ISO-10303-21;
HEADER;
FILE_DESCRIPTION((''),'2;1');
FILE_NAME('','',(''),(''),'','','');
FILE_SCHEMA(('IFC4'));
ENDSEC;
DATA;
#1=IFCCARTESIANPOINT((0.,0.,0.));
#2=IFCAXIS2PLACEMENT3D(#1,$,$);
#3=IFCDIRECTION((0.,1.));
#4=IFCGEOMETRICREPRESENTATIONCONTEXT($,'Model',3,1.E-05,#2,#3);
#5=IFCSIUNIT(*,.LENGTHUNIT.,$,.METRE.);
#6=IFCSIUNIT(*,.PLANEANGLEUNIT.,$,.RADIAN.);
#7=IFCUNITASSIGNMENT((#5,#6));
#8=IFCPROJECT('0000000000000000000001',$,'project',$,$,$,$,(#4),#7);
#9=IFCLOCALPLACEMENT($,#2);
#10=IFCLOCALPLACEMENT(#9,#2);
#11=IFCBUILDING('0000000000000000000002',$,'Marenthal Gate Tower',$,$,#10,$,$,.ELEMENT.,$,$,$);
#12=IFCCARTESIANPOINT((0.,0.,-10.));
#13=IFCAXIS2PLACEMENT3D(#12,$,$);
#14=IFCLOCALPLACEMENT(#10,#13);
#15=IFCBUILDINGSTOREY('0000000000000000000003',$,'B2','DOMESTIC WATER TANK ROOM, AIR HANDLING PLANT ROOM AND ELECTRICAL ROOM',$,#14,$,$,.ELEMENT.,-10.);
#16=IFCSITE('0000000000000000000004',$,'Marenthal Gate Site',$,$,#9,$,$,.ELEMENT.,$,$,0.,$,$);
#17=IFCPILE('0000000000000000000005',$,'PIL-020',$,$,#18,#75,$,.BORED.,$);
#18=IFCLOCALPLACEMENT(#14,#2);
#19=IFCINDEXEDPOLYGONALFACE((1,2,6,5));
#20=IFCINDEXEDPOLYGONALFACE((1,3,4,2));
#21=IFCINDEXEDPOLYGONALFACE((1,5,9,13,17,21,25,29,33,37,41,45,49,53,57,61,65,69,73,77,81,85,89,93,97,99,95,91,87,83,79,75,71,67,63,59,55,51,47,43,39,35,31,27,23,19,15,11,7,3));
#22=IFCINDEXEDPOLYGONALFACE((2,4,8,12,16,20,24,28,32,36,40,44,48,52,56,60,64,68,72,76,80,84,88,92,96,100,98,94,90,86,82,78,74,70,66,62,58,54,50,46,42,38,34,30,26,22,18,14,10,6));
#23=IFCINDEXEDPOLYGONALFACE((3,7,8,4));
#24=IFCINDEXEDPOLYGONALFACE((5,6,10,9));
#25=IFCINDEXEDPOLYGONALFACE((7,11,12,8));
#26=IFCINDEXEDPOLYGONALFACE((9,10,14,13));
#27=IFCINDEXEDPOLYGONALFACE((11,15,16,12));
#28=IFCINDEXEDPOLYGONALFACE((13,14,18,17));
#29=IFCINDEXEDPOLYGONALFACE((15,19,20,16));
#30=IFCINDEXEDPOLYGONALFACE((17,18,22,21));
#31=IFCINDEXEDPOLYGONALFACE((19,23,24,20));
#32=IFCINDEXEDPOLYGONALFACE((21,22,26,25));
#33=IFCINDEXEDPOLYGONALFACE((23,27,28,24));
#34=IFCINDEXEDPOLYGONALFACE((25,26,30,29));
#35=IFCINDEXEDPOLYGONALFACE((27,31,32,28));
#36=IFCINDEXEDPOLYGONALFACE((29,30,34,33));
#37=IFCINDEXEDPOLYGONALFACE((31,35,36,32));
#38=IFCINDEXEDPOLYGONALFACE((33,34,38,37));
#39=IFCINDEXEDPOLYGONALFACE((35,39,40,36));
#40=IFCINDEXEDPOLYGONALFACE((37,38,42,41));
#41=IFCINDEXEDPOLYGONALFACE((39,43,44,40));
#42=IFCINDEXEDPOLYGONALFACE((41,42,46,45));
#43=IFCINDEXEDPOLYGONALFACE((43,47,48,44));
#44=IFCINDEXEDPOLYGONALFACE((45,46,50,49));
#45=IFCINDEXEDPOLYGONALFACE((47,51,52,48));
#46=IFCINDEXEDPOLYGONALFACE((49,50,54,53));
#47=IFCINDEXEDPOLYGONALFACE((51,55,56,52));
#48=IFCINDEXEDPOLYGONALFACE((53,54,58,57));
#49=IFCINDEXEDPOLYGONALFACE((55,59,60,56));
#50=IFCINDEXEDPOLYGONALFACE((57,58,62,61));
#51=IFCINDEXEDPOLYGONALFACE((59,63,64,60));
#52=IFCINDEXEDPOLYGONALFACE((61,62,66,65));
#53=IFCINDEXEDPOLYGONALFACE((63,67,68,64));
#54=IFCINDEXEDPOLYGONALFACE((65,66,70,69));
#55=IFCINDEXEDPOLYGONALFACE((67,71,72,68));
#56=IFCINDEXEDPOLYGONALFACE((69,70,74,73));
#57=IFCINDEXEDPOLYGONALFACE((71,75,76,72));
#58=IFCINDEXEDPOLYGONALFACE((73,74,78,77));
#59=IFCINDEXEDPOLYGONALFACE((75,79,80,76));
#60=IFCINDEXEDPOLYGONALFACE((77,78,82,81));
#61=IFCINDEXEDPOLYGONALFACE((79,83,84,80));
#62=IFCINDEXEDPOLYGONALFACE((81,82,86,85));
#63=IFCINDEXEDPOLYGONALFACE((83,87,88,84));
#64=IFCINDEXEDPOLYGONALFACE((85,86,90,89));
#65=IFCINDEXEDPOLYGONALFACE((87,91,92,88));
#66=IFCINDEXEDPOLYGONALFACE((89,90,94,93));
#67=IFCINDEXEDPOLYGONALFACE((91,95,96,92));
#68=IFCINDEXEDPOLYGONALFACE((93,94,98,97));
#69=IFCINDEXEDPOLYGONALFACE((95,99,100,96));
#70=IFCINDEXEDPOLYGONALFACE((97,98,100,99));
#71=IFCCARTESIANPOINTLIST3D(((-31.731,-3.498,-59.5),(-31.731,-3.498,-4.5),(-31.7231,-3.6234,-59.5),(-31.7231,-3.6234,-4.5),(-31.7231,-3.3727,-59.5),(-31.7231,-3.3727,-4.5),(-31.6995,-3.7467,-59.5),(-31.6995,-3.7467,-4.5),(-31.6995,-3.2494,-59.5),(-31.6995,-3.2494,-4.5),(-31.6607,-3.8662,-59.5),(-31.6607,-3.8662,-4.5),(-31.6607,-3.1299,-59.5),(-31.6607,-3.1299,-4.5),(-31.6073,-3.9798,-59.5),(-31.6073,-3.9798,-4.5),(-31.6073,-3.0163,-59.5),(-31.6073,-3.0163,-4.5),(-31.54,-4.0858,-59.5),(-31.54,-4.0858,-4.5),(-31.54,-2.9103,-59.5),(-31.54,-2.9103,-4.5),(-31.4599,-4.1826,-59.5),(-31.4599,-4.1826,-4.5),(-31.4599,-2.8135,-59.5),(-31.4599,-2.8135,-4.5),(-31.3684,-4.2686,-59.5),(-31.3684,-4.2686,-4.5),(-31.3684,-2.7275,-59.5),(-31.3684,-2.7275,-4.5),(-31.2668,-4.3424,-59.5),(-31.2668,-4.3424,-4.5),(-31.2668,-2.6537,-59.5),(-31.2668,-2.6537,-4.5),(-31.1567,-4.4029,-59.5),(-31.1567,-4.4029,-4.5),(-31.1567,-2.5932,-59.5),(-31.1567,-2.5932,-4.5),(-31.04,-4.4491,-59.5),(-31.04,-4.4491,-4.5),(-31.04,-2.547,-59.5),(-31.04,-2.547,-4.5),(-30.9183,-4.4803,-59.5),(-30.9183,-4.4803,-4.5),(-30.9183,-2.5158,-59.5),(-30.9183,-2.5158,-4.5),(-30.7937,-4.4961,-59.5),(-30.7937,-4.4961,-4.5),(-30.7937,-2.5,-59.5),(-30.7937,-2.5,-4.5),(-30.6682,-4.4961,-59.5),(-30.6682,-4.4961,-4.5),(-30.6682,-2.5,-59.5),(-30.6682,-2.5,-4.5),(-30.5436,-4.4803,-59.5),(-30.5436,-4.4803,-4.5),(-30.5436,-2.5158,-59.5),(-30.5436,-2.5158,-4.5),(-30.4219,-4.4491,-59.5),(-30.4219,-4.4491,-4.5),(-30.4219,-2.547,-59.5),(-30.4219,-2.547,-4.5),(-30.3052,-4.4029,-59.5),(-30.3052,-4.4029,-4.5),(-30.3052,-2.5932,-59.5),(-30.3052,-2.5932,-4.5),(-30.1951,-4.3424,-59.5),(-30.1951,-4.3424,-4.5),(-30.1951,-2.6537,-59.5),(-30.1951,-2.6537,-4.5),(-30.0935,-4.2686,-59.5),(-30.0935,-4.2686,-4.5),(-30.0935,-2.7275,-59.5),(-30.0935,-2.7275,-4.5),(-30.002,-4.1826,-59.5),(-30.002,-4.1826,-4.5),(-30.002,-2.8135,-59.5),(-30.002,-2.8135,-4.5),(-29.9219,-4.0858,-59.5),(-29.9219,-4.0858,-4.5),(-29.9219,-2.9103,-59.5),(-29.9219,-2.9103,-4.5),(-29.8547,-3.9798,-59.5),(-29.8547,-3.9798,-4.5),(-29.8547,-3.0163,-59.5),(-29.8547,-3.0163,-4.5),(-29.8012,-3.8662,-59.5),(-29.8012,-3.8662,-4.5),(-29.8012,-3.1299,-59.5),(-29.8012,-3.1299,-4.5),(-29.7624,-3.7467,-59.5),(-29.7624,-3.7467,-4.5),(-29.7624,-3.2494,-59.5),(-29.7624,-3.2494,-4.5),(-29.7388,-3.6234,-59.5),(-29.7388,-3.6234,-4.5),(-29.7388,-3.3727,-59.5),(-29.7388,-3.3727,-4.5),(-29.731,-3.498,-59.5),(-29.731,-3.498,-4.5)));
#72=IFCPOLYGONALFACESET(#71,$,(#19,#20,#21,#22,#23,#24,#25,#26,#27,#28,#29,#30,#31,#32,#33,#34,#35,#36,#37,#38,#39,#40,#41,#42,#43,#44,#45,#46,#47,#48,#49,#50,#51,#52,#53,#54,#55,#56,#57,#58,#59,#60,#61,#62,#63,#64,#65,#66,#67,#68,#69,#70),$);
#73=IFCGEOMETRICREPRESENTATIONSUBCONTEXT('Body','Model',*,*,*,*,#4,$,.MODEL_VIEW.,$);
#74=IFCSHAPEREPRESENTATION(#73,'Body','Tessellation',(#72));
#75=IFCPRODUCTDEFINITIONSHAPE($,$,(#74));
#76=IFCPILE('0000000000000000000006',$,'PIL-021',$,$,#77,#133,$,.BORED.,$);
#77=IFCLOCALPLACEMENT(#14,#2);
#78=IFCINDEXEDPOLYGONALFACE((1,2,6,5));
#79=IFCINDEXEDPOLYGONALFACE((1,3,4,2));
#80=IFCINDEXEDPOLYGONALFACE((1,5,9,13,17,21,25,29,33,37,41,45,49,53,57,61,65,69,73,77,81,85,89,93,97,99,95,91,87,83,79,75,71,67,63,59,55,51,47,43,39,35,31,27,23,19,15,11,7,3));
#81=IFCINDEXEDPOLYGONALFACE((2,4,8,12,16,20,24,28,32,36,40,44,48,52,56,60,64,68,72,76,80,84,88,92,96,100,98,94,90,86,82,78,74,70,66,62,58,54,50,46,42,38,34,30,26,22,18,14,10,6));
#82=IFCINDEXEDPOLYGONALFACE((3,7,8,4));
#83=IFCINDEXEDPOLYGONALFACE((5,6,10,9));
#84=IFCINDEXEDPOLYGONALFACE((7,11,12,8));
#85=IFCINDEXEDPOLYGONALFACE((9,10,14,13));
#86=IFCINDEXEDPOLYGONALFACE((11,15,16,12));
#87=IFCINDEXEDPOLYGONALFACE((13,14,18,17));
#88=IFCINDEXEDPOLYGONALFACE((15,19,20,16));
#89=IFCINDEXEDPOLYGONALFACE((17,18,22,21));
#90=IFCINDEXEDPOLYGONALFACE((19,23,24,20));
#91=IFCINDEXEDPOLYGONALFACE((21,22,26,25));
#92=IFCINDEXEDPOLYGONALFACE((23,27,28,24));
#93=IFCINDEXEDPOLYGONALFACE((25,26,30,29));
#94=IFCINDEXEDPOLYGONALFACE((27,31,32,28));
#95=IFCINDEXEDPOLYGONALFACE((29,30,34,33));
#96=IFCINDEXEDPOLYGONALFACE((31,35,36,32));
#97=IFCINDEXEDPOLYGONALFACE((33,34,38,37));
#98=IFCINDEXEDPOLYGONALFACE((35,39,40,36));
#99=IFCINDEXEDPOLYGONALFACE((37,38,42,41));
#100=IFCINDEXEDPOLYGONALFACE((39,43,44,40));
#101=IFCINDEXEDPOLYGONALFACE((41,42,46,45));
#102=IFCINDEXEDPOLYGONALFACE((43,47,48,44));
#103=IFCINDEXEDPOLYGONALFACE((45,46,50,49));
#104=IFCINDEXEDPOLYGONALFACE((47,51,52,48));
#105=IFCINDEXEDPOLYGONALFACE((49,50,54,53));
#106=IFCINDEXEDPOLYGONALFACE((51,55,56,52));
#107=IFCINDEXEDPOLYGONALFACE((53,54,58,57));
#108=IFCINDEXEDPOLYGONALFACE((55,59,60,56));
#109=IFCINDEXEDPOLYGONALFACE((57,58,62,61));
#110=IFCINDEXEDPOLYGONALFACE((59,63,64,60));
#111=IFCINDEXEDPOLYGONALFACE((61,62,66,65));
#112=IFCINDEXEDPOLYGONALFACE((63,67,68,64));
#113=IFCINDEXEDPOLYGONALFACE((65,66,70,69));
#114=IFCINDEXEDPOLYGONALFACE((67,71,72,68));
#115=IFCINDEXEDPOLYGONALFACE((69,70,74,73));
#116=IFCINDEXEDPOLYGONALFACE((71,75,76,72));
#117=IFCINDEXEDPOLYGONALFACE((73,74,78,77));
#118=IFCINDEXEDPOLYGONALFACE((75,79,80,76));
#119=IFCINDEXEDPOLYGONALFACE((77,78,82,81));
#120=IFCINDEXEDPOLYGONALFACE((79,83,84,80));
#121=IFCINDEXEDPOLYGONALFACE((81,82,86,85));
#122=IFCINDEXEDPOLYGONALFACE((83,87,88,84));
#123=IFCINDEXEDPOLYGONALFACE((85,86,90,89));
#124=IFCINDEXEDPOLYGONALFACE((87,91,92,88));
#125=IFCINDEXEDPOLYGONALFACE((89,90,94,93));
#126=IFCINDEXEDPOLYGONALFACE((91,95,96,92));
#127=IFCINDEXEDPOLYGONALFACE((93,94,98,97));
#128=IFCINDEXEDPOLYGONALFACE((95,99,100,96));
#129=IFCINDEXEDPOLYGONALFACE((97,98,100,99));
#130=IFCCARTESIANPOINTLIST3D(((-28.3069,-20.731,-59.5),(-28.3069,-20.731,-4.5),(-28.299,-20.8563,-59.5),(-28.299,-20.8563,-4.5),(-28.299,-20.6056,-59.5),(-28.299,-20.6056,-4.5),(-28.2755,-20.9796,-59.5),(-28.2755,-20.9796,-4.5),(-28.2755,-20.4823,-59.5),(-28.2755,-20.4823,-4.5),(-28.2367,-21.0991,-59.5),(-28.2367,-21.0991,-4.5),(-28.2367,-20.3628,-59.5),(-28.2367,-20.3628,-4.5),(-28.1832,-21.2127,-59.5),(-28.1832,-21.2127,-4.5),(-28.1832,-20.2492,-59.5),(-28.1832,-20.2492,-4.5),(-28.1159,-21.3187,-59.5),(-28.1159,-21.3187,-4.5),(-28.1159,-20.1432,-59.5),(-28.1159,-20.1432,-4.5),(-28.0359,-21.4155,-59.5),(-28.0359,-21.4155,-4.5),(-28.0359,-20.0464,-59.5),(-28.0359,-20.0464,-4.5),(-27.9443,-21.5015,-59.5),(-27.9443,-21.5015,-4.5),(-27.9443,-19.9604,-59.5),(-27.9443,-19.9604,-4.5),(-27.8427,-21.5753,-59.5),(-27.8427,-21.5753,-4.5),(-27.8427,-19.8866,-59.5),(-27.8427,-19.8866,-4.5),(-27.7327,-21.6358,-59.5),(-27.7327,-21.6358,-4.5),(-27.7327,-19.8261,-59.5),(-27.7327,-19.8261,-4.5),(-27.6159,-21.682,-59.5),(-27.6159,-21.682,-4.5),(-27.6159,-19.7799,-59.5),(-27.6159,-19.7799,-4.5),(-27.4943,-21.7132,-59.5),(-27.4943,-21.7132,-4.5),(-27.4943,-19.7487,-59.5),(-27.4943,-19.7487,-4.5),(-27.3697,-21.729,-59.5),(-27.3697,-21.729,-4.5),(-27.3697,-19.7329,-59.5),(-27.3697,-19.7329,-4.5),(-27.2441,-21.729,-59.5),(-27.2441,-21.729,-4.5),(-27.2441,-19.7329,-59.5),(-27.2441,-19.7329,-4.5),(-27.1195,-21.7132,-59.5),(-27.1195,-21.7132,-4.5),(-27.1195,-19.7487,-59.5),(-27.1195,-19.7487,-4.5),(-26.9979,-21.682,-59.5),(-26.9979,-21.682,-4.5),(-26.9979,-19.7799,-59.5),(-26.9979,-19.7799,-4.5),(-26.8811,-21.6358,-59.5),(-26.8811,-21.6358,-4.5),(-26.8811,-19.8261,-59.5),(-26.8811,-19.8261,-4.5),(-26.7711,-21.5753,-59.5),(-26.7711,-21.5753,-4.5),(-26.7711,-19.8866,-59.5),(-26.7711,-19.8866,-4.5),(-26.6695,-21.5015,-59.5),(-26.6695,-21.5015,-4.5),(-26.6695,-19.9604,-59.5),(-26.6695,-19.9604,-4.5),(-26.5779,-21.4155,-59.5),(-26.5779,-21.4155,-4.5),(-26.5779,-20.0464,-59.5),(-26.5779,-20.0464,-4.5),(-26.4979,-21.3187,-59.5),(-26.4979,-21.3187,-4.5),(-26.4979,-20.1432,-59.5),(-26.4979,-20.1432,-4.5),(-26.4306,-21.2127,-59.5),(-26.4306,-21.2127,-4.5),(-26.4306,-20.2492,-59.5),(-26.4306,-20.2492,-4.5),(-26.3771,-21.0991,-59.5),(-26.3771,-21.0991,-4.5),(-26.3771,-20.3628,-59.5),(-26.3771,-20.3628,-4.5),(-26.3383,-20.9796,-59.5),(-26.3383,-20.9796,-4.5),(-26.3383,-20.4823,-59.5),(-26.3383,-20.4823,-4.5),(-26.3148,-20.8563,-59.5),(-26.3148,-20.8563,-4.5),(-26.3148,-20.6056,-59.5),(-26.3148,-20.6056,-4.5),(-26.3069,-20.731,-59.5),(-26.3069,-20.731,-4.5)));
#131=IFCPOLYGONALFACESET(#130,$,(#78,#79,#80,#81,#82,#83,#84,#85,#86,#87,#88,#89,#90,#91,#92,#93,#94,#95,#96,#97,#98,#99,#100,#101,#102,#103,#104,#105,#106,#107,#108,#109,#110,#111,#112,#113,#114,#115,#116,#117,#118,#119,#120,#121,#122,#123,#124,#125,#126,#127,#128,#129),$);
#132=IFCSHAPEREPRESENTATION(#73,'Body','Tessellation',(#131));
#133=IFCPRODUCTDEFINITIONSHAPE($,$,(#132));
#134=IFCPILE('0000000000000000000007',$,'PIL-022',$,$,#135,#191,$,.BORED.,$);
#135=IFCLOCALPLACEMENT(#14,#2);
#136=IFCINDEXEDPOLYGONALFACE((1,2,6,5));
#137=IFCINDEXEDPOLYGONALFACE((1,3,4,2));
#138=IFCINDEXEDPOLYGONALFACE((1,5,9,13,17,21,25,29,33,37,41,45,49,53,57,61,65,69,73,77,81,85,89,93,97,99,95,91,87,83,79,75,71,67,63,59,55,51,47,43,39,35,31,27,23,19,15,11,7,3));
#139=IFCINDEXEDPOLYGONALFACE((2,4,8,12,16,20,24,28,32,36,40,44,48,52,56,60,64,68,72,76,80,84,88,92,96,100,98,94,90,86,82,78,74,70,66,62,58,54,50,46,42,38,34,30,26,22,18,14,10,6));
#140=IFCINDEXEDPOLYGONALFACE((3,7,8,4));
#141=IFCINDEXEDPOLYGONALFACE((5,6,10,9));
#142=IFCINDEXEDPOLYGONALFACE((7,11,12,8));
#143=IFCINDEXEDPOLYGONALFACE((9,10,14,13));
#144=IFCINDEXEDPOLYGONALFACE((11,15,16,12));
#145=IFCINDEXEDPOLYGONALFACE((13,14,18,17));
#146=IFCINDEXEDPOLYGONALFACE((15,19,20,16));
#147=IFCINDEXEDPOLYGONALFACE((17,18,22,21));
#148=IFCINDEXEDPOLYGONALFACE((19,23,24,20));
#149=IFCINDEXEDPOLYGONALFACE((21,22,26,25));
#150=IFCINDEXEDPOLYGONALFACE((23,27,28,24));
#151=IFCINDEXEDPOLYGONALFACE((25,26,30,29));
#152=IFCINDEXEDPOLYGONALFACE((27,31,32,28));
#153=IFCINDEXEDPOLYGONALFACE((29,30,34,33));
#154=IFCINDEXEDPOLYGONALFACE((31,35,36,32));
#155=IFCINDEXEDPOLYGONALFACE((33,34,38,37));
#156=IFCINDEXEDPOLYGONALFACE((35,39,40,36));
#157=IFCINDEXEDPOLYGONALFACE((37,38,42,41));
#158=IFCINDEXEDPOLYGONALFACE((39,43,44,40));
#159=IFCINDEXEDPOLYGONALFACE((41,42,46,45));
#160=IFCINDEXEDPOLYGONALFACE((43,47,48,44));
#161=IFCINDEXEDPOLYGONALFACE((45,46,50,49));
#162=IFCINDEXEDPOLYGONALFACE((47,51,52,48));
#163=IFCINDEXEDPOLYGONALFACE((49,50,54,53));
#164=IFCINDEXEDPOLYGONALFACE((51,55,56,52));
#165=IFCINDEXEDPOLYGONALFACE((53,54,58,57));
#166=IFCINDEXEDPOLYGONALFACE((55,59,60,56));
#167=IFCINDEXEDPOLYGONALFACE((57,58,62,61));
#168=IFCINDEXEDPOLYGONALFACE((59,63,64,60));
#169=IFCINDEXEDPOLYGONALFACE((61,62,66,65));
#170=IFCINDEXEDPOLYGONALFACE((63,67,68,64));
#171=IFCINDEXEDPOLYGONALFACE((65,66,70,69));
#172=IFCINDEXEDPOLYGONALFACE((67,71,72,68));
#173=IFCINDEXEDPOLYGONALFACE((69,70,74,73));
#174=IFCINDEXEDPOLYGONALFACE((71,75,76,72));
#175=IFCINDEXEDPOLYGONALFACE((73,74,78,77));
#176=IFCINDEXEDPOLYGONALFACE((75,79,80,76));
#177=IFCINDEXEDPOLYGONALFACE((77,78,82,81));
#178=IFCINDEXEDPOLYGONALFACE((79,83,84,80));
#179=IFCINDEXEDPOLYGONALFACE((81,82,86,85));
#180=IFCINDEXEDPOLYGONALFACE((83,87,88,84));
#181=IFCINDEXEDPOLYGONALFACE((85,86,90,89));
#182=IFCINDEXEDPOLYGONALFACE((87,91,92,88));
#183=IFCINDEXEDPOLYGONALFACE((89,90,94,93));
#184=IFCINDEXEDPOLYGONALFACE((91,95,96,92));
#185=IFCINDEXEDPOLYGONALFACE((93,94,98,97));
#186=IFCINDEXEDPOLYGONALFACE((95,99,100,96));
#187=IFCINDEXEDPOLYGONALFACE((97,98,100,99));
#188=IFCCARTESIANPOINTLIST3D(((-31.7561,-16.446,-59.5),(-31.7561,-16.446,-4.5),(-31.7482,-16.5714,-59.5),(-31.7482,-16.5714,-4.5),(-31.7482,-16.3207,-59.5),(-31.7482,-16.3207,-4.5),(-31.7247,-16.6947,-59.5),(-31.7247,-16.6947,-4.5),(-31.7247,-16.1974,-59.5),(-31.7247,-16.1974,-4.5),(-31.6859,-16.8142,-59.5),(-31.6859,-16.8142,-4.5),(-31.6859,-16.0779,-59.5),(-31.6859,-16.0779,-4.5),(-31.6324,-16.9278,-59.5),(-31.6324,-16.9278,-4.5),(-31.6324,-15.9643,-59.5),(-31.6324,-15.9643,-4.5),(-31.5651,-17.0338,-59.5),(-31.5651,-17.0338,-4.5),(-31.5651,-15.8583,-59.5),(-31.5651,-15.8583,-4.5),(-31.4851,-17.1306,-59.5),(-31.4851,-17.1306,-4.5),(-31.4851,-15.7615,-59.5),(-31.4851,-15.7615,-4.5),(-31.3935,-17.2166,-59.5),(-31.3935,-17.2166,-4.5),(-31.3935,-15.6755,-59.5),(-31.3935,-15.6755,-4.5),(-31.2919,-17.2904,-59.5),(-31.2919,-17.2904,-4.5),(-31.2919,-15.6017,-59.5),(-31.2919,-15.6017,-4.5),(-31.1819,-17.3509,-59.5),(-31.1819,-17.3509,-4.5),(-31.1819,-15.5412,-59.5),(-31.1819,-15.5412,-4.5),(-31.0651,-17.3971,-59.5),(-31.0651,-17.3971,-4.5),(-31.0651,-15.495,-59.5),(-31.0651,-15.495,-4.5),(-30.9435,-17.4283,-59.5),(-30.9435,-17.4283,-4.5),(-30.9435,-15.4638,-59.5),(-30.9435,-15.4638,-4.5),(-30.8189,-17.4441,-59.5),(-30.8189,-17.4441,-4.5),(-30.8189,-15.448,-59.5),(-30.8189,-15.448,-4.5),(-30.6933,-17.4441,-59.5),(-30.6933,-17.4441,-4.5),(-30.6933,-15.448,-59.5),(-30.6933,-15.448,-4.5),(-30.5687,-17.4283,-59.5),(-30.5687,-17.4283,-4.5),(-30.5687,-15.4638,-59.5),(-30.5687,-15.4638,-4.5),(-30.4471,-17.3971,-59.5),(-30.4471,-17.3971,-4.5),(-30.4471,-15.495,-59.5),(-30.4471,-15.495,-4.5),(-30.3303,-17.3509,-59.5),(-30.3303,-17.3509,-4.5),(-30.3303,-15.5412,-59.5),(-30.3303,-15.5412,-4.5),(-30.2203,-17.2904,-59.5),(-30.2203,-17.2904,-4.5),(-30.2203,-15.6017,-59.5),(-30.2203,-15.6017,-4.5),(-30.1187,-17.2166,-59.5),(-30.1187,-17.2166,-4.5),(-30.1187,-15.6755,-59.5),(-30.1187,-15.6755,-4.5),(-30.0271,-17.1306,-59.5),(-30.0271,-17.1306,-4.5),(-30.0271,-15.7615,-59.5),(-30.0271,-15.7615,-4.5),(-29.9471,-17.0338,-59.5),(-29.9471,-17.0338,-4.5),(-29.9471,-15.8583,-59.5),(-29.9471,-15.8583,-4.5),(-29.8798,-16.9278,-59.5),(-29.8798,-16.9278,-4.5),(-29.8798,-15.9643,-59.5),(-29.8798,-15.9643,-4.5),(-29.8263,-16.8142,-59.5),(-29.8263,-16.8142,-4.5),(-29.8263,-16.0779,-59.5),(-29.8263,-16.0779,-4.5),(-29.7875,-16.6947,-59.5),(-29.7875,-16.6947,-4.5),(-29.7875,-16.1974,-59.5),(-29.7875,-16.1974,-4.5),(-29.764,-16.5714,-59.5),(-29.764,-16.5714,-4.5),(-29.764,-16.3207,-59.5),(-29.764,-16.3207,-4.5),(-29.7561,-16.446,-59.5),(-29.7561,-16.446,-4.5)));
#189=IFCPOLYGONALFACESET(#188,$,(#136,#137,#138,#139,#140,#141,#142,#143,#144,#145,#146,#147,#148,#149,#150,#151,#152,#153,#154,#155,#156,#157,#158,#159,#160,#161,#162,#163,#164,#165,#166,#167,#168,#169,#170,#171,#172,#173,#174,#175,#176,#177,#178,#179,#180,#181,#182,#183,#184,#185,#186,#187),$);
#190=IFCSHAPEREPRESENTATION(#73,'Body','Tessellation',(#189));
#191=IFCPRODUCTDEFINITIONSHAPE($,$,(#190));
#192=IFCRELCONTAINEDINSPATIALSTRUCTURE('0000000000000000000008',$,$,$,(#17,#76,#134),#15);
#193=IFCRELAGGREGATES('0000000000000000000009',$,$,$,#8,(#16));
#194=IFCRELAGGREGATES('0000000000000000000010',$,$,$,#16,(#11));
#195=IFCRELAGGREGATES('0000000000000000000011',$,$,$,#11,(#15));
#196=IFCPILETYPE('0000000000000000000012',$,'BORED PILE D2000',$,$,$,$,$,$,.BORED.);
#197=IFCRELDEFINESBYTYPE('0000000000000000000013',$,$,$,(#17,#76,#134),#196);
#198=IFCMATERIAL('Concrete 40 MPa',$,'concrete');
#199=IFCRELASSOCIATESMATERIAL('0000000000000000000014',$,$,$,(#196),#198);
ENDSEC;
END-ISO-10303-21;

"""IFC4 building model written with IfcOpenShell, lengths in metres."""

from ifc_helpers import new_model, si_unit, direction, frame, origin, origin_2d, place, context, subcontext, project, spatial, circle, extrude, material, type_object, element, save


model = new_model("IFC4")

# Units and contexts
model_context = context("Model", 3, precision=1e-05, world=origin(), true_north=direction((0.0, 1.0)))
body_context = subcontext(model_context, "Body", "Model", "MODEL_VIEW")
ifc_project = project(units=[si_unit("LENGTHUNIT", "METRE"), si_unit("PLANEANGLEUNIT", "RADIAN")], contexts=[model_context])

# Site, building, storey
site_placement = place(None, origin())
site = spatial("IfcSite", under=ifc_project, at=site_placement, Name="Marenthal Gate Site", CompositionType="ELEMENT", RefElevation=0.0)
building_placement = place(site_placement, origin())
building = spatial("IfcBuilding", under=site, at=building_placement, Name="Marenthal Gate Tower", CompositionType="ELEMENT")
storey_placement = place(building_placement, frame((0.0, 0.0, -10.0)))
storey = spatial("IfcBuildingStorey", under=building, at=storey_placement, Name="B2", Description="DOMESTIC WATER TANK ROOM, AIR HANDLING PLANT ROOM AND ELECTRICAL ROOM", CompositionType="ELEMENT", Elevation=-10.0)

# Piles
ifc_material_1 = material(Name="Concrete 40 MPa", Category="concrete")
pile_type = type_object("IfcPileType", Name="BORED PILE D2000", PredefinedType="BORED", material=ifc_material_1)
for number, where, z_axis, x_axis, name in (
    (1, (-30.731, -3.498, -4.5), (0.0, 0.0, -1.0), (1.0, 0.0, 0.0), "PIL-020"),
    (2, (-27.3069, -20.731, -4.5), (0.0, 0.0, -1.0), (1.0, 0.0, 0.0), "PIL-021"),
    (3, (-30.7561, -16.446, -4.5), (0.0, 0.0, -1.0), (1.0, 0.0, 0.0), "PIL-022"),
):
    element("IfcPile", number, at=place(storey_placement, frame(where, z_axis=z_axis, x_axis=x_axis)), inside=storey, type_object=pile_type, Name=name, PredefinedType="BORED", context=body_context, shape_type="SweptSolid", body=[
        extrude(circle(Radius=1.0, at=origin_2d()), origin(), (0.0, 0.0, 1.0), 55.0),
    ])

save(model, "model.ifc")
